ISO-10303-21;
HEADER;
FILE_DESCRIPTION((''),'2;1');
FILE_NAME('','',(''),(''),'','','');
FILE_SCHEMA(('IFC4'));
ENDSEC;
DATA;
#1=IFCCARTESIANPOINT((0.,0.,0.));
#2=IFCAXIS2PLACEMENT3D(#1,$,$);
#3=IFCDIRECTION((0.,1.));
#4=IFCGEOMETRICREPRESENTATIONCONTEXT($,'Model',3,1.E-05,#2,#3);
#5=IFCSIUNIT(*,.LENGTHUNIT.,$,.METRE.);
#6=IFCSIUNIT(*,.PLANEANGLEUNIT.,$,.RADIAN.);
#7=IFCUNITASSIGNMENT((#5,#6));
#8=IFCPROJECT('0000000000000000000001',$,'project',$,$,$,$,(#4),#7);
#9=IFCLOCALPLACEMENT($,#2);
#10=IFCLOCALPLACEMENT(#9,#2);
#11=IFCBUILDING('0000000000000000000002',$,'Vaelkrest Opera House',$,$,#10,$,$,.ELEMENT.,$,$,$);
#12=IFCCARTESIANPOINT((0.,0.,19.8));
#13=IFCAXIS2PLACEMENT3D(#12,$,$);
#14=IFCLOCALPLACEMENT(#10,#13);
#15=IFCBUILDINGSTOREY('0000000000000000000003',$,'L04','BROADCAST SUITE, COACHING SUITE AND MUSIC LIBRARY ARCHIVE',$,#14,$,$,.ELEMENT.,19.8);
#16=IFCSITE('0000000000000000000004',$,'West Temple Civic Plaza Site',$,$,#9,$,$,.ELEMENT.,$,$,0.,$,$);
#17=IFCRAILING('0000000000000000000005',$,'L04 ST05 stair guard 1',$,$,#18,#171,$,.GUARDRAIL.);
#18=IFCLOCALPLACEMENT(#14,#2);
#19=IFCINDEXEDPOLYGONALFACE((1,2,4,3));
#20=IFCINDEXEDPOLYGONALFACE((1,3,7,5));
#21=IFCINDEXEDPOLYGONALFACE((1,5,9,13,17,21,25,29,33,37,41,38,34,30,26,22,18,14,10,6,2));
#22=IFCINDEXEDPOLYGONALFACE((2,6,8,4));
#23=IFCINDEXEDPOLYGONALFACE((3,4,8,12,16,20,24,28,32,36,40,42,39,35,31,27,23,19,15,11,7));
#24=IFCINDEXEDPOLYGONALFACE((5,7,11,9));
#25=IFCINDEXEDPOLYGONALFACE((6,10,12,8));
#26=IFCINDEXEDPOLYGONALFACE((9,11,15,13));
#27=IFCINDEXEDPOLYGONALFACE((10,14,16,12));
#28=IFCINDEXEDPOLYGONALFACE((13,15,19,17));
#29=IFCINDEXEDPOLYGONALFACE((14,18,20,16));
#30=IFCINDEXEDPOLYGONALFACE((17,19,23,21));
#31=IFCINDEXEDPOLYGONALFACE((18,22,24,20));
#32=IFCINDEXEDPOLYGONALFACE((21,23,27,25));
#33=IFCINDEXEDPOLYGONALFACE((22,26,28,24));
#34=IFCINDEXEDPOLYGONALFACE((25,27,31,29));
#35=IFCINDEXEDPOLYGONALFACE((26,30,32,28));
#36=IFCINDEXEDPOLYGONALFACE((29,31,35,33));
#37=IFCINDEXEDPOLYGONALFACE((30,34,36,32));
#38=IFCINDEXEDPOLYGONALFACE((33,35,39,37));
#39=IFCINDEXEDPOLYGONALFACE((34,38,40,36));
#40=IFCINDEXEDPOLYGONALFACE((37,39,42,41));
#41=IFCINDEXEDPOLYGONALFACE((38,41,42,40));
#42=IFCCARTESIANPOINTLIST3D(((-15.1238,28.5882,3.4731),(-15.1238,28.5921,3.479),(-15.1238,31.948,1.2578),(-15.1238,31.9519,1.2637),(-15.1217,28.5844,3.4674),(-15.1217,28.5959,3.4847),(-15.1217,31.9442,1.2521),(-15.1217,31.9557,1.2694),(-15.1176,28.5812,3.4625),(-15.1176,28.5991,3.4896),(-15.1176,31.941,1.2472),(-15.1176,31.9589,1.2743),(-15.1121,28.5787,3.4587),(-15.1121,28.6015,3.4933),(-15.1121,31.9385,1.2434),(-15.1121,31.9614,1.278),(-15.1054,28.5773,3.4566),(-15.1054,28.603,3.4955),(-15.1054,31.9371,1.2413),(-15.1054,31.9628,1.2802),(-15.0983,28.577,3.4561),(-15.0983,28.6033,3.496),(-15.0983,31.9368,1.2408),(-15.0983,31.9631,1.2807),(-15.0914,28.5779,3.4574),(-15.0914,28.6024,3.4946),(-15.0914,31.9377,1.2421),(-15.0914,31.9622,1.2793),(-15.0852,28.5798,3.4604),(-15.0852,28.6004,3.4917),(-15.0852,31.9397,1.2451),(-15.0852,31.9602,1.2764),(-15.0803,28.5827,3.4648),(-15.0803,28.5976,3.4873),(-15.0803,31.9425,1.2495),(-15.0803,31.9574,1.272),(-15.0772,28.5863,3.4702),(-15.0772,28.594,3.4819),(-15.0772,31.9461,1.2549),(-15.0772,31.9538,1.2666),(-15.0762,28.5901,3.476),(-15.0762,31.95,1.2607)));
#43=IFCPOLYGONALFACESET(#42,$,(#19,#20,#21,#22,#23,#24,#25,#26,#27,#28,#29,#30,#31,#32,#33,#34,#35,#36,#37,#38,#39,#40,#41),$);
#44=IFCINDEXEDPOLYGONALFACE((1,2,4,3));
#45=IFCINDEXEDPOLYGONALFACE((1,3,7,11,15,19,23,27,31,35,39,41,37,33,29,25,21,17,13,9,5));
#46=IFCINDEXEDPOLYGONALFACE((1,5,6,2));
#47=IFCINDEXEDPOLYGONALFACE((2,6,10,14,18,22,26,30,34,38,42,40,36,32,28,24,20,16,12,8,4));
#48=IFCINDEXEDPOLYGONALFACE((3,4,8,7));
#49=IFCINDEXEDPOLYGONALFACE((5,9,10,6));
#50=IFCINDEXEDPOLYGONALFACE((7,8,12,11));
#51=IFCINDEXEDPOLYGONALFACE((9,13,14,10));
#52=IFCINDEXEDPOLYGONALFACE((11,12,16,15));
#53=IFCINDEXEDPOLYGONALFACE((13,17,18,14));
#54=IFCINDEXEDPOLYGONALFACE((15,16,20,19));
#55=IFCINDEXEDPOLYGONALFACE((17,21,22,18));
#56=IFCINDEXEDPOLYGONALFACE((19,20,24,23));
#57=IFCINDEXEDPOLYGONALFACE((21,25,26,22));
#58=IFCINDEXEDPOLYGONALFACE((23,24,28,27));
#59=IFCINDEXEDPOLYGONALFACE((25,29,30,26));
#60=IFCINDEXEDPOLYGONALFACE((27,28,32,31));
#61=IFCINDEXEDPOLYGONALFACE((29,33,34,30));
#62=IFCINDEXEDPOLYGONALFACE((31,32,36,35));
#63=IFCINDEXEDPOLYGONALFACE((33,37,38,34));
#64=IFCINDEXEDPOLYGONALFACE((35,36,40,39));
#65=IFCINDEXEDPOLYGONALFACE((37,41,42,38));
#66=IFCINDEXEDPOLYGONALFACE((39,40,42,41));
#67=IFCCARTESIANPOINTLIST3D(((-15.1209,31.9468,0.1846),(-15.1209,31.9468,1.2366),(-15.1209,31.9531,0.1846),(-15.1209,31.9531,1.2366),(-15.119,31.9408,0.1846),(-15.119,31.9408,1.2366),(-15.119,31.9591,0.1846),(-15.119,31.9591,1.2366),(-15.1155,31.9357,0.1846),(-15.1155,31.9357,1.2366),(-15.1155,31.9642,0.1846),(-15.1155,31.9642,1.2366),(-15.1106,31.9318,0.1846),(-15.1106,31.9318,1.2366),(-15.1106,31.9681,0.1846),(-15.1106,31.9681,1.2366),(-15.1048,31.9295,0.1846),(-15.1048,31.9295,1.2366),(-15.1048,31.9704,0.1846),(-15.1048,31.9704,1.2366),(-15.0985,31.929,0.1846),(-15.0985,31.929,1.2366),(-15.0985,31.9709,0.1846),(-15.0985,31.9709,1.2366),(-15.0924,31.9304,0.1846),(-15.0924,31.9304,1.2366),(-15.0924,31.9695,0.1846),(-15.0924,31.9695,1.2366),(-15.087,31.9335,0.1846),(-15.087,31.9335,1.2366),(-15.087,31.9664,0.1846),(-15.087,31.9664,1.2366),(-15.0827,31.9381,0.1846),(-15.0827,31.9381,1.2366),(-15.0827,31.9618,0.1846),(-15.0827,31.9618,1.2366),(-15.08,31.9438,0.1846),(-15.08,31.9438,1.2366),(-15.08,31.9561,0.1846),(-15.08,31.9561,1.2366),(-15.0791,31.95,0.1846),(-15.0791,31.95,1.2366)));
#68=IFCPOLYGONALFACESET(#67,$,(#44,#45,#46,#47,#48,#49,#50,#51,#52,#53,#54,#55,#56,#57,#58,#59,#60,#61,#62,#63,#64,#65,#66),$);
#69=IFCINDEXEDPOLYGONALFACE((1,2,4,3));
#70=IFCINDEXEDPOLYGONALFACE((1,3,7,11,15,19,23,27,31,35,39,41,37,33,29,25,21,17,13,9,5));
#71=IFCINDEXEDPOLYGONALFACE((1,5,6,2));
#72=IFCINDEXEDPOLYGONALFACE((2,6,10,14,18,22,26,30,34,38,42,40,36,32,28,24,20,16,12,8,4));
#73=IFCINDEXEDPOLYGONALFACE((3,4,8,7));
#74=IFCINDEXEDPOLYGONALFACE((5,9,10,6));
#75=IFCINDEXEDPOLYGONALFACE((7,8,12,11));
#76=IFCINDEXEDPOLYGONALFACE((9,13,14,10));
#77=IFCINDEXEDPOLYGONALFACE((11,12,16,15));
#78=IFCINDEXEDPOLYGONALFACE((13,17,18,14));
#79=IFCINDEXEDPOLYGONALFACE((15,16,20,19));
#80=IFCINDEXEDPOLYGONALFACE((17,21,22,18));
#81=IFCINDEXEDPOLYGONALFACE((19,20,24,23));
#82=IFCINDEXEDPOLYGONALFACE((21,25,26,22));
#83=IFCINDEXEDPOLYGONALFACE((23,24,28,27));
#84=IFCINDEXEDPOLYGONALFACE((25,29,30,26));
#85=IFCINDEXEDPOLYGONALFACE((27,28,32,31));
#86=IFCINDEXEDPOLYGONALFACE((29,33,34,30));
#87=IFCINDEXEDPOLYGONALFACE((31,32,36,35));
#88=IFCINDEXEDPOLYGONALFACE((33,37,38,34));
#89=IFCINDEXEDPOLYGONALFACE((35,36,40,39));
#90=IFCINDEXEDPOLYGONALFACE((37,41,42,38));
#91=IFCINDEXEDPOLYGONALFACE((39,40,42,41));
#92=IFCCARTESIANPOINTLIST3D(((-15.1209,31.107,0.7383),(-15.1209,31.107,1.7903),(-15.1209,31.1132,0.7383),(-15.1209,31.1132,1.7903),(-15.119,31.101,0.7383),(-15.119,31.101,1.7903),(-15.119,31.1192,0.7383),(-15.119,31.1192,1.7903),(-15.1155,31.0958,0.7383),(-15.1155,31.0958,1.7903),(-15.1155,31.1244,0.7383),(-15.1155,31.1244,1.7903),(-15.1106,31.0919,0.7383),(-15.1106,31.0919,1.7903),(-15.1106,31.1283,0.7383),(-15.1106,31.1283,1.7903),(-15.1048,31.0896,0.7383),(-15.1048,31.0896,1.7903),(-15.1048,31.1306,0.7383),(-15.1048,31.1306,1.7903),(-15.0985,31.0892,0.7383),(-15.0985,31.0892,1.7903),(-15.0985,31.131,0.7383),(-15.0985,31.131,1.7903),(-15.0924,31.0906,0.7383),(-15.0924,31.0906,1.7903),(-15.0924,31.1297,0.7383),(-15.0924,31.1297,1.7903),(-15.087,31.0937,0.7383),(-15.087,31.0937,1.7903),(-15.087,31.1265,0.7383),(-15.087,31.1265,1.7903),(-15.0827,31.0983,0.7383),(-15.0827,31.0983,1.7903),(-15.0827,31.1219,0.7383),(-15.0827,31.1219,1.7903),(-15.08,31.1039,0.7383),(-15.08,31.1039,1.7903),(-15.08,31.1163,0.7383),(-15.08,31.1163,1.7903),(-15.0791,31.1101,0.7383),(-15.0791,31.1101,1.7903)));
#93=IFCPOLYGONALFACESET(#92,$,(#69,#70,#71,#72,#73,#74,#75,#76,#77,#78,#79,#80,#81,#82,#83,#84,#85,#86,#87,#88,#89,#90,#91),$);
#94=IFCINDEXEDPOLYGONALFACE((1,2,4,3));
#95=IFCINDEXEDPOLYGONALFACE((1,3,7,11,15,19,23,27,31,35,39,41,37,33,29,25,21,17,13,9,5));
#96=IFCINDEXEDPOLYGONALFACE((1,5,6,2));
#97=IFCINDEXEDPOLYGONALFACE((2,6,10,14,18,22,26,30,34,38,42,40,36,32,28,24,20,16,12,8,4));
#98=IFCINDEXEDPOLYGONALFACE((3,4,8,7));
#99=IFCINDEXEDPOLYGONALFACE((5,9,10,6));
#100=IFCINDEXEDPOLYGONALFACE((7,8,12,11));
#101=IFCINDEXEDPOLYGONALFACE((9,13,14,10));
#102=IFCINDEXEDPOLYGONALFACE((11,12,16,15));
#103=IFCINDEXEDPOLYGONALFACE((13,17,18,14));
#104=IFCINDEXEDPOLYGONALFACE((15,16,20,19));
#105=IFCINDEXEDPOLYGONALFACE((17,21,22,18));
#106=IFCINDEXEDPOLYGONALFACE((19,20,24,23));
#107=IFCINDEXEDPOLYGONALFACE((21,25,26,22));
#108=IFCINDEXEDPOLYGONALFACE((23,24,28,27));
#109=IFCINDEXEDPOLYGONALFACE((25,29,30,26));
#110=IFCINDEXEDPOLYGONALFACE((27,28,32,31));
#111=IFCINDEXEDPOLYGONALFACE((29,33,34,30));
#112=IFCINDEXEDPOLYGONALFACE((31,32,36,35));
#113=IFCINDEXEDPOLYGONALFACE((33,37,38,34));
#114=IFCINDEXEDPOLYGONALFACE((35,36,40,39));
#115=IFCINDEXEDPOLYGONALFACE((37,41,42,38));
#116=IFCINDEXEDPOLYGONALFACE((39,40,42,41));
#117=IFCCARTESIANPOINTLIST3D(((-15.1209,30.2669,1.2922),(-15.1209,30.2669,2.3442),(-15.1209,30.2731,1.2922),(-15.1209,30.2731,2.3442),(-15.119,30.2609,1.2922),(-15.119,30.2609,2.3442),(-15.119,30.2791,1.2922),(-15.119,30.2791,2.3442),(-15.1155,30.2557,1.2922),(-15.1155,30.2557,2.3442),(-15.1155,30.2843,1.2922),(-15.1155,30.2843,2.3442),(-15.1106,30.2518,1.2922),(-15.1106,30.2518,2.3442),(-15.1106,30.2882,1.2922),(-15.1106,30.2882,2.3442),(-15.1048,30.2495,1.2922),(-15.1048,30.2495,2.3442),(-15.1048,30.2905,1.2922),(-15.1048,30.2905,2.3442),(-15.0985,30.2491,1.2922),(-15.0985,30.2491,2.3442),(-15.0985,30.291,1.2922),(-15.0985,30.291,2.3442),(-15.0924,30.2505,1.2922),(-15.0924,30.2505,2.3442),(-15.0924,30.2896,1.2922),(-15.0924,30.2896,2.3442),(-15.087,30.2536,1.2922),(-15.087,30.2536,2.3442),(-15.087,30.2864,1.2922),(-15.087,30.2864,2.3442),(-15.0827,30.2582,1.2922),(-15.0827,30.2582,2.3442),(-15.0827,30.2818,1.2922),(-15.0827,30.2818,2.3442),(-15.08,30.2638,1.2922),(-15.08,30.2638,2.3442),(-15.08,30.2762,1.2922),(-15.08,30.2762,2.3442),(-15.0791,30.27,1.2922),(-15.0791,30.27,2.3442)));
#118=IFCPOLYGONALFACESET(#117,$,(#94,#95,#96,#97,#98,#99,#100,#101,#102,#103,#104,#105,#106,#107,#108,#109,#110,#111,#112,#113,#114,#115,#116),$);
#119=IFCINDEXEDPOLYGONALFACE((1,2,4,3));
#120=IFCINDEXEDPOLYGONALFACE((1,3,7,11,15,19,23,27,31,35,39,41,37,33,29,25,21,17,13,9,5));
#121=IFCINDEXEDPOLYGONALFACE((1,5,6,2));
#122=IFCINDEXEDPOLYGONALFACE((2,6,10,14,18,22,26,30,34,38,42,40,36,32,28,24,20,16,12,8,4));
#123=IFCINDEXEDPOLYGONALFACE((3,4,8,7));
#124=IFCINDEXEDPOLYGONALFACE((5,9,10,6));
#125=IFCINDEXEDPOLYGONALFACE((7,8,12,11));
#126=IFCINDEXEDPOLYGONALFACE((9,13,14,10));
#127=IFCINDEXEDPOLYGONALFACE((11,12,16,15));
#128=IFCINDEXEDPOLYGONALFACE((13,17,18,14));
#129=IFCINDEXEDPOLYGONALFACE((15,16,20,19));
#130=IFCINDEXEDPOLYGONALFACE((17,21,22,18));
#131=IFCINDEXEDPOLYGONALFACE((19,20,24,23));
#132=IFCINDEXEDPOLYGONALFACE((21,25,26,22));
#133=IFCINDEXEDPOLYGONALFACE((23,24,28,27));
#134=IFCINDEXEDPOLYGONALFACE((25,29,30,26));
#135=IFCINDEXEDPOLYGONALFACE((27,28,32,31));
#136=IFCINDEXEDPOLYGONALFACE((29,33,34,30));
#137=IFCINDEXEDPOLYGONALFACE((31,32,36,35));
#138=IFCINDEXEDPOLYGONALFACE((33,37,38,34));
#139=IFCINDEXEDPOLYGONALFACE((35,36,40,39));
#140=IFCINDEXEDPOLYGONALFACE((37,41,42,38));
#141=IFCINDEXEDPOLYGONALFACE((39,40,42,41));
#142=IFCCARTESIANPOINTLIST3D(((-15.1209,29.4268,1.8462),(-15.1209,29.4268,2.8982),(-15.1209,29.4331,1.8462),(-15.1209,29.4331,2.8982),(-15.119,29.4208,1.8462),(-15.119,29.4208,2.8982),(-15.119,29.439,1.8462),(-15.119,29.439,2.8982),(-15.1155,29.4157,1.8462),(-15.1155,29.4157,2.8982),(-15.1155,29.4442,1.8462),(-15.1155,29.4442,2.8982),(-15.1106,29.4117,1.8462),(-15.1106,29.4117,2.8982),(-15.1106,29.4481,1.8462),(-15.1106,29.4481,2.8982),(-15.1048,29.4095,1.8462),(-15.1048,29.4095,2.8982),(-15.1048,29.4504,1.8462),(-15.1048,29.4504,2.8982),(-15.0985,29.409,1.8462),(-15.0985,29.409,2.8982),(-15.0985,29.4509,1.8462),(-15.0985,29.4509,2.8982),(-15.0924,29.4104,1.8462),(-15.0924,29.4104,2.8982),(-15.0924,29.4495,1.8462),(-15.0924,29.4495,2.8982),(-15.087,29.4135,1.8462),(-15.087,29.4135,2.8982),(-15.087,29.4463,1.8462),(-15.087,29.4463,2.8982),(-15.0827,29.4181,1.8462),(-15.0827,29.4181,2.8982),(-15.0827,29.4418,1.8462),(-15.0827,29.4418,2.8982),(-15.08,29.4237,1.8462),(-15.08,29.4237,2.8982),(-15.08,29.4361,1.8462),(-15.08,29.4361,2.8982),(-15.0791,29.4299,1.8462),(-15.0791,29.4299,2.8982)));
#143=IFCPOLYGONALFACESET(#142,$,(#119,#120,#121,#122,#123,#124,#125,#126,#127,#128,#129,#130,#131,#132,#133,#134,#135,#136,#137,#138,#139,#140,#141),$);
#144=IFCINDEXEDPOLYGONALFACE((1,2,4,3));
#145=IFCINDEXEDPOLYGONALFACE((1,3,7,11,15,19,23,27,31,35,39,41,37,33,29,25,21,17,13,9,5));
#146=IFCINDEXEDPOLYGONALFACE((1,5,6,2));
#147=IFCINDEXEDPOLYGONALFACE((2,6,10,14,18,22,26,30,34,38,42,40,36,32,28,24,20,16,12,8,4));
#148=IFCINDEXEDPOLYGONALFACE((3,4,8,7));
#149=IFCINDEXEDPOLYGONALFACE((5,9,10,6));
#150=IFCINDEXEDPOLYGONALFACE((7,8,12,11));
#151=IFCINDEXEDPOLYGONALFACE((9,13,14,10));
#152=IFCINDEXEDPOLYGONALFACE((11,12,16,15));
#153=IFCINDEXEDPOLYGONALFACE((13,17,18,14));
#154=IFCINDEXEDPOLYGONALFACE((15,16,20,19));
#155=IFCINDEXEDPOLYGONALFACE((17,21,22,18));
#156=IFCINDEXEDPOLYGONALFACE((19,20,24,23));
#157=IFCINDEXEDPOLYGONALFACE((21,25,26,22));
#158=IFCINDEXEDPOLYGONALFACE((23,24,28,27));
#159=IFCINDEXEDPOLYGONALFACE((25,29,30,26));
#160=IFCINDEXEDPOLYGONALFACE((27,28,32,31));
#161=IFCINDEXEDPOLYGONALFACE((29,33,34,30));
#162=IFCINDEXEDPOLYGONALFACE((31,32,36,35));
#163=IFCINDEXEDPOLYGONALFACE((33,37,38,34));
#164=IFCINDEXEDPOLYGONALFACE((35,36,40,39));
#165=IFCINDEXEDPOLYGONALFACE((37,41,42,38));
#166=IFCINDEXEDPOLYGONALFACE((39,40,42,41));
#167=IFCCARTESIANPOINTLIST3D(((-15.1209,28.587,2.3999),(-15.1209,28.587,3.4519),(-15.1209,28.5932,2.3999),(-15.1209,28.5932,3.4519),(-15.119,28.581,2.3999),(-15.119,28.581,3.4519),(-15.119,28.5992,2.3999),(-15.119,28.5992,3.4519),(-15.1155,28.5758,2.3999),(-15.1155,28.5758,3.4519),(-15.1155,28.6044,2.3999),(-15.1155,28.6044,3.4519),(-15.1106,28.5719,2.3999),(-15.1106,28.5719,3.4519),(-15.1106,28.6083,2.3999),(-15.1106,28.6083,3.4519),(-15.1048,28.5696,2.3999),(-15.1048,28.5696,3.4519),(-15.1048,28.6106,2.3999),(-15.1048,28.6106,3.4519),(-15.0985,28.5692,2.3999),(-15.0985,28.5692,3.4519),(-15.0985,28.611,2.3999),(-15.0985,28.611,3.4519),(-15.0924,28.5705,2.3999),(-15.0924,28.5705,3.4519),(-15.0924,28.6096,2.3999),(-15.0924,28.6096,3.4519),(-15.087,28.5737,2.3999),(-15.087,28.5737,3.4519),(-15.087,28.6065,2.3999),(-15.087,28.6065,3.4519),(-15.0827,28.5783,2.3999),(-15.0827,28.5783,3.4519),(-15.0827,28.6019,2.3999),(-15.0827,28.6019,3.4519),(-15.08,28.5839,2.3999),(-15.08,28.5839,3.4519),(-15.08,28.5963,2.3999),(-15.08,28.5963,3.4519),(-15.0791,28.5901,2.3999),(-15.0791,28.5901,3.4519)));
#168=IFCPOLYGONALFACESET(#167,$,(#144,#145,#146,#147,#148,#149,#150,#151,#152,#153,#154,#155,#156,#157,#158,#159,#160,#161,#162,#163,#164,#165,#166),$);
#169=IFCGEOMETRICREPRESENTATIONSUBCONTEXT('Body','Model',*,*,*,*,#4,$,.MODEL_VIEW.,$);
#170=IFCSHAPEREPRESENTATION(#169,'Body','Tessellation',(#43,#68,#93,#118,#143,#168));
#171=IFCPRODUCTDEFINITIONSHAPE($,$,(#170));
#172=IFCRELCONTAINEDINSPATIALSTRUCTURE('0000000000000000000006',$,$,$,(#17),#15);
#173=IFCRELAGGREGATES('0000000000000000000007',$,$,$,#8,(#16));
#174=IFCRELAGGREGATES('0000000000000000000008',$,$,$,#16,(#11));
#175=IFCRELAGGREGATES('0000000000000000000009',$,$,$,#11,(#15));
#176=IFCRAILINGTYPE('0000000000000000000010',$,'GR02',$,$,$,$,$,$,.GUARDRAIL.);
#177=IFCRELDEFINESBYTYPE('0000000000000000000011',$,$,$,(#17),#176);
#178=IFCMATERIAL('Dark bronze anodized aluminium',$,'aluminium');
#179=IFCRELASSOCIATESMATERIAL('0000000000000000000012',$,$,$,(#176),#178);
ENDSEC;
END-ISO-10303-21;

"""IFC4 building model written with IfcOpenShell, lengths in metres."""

from ifc_helpers import new_model, si_unit, direction, frame, origin, origin_2d, place, context, subcontext, project, spatial, circle, extrude, material, type_object, element, save


model = new_model("IFC4")

# Units and contexts
model_context = context("Model", 3, precision=1e-05, world=origin(), true_north=direction((0.0, 1.0)))
body_context = subcontext(model_context, "Body", "Model", "MODEL_VIEW")
ifc_project = project(units=[si_unit("LENGTHUNIT", "METRE"), si_unit("PLANEANGLEUNIT", "RADIAN")], contexts=[model_context])

# Site, building, storey
site_placement = place(None, origin())
site = spatial("IfcSite", under=ifc_project, at=site_placement, Name="West Temple Civic Plaza Site", CompositionType="ELEMENT", RefElevation=0.0)
building_placement = place(site_placement, origin())
building = spatial("IfcBuilding", under=site, at=building_placement, Name="Vaelkrest Opera House", CompositionType="ELEMENT")
storey_placement = place(building_placement, frame((0.0, 0.0, 19.8)))
storey = spatial("IfcBuildingStorey", under=building, at=storey_placement, Name="L04", Description="BROADCAST SUITE, COACHING SUITE AND MUSIC LIBRARY ARCHIVE", CompositionType="ELEMENT", Elevation=19.8)

# Shared definitions
ifc_material_1 = material(Name="Dark bronze anodized aluminium", Category="aluminium")

# Railing
railing_type_1 = type_object("IfcRailingType", Name="GR02", PredefinedType="GUARDRAIL", material=ifc_material_1)
railing_1_placement = place(storey_placement, frame((-15.1001, 31.95, 0.1846)))
element("IfcRailing", 1, at=railing_1_placement, inside=storey, type_object=railing_type_1, Name="L04 ST05 stair guard 1", PredefinedType="GUARDRAIL", context=body_context, shape_type="SweptSolid", body=[
    extrude(circle(Radius=0.0239, at=origin_2d()), frame((0.0, 0.0, 1.0762), z_axis=(0.0, -0.834858, 0.550465), x_axis=(1.0, 0.0, 0.0)), (0.0, 0.0, 1.0), 4.0244),
    extrude(circle(Radius=0.021, at=origin_2d()), origin(), (0.0, 0.0, 1.0), 1.052),
    extrude(circle(Radius=0.021, at=origin_2d()), frame((0.0, -0.8398, 0.5537)), (0.0, 0.0, 1.0), 1.052),
    extrude(circle(Radius=0.021, at=origin_2d()), frame((0.0, -1.6799, 1.1077)), (0.0, 0.0, 1.0), 1.052),
    extrude(circle(Radius=0.021, at=origin_2d()), frame((0.0, -2.52, 1.6616)), (0.0, 0.0, 1.0), 1.052),
    extrude(circle(Radius=0.021, at=origin_2d()), frame((0.0, -3.3599, 2.2153)), (0.0, 0.0, 1.0), 1.052),
])

save(model, "model.ifc")
